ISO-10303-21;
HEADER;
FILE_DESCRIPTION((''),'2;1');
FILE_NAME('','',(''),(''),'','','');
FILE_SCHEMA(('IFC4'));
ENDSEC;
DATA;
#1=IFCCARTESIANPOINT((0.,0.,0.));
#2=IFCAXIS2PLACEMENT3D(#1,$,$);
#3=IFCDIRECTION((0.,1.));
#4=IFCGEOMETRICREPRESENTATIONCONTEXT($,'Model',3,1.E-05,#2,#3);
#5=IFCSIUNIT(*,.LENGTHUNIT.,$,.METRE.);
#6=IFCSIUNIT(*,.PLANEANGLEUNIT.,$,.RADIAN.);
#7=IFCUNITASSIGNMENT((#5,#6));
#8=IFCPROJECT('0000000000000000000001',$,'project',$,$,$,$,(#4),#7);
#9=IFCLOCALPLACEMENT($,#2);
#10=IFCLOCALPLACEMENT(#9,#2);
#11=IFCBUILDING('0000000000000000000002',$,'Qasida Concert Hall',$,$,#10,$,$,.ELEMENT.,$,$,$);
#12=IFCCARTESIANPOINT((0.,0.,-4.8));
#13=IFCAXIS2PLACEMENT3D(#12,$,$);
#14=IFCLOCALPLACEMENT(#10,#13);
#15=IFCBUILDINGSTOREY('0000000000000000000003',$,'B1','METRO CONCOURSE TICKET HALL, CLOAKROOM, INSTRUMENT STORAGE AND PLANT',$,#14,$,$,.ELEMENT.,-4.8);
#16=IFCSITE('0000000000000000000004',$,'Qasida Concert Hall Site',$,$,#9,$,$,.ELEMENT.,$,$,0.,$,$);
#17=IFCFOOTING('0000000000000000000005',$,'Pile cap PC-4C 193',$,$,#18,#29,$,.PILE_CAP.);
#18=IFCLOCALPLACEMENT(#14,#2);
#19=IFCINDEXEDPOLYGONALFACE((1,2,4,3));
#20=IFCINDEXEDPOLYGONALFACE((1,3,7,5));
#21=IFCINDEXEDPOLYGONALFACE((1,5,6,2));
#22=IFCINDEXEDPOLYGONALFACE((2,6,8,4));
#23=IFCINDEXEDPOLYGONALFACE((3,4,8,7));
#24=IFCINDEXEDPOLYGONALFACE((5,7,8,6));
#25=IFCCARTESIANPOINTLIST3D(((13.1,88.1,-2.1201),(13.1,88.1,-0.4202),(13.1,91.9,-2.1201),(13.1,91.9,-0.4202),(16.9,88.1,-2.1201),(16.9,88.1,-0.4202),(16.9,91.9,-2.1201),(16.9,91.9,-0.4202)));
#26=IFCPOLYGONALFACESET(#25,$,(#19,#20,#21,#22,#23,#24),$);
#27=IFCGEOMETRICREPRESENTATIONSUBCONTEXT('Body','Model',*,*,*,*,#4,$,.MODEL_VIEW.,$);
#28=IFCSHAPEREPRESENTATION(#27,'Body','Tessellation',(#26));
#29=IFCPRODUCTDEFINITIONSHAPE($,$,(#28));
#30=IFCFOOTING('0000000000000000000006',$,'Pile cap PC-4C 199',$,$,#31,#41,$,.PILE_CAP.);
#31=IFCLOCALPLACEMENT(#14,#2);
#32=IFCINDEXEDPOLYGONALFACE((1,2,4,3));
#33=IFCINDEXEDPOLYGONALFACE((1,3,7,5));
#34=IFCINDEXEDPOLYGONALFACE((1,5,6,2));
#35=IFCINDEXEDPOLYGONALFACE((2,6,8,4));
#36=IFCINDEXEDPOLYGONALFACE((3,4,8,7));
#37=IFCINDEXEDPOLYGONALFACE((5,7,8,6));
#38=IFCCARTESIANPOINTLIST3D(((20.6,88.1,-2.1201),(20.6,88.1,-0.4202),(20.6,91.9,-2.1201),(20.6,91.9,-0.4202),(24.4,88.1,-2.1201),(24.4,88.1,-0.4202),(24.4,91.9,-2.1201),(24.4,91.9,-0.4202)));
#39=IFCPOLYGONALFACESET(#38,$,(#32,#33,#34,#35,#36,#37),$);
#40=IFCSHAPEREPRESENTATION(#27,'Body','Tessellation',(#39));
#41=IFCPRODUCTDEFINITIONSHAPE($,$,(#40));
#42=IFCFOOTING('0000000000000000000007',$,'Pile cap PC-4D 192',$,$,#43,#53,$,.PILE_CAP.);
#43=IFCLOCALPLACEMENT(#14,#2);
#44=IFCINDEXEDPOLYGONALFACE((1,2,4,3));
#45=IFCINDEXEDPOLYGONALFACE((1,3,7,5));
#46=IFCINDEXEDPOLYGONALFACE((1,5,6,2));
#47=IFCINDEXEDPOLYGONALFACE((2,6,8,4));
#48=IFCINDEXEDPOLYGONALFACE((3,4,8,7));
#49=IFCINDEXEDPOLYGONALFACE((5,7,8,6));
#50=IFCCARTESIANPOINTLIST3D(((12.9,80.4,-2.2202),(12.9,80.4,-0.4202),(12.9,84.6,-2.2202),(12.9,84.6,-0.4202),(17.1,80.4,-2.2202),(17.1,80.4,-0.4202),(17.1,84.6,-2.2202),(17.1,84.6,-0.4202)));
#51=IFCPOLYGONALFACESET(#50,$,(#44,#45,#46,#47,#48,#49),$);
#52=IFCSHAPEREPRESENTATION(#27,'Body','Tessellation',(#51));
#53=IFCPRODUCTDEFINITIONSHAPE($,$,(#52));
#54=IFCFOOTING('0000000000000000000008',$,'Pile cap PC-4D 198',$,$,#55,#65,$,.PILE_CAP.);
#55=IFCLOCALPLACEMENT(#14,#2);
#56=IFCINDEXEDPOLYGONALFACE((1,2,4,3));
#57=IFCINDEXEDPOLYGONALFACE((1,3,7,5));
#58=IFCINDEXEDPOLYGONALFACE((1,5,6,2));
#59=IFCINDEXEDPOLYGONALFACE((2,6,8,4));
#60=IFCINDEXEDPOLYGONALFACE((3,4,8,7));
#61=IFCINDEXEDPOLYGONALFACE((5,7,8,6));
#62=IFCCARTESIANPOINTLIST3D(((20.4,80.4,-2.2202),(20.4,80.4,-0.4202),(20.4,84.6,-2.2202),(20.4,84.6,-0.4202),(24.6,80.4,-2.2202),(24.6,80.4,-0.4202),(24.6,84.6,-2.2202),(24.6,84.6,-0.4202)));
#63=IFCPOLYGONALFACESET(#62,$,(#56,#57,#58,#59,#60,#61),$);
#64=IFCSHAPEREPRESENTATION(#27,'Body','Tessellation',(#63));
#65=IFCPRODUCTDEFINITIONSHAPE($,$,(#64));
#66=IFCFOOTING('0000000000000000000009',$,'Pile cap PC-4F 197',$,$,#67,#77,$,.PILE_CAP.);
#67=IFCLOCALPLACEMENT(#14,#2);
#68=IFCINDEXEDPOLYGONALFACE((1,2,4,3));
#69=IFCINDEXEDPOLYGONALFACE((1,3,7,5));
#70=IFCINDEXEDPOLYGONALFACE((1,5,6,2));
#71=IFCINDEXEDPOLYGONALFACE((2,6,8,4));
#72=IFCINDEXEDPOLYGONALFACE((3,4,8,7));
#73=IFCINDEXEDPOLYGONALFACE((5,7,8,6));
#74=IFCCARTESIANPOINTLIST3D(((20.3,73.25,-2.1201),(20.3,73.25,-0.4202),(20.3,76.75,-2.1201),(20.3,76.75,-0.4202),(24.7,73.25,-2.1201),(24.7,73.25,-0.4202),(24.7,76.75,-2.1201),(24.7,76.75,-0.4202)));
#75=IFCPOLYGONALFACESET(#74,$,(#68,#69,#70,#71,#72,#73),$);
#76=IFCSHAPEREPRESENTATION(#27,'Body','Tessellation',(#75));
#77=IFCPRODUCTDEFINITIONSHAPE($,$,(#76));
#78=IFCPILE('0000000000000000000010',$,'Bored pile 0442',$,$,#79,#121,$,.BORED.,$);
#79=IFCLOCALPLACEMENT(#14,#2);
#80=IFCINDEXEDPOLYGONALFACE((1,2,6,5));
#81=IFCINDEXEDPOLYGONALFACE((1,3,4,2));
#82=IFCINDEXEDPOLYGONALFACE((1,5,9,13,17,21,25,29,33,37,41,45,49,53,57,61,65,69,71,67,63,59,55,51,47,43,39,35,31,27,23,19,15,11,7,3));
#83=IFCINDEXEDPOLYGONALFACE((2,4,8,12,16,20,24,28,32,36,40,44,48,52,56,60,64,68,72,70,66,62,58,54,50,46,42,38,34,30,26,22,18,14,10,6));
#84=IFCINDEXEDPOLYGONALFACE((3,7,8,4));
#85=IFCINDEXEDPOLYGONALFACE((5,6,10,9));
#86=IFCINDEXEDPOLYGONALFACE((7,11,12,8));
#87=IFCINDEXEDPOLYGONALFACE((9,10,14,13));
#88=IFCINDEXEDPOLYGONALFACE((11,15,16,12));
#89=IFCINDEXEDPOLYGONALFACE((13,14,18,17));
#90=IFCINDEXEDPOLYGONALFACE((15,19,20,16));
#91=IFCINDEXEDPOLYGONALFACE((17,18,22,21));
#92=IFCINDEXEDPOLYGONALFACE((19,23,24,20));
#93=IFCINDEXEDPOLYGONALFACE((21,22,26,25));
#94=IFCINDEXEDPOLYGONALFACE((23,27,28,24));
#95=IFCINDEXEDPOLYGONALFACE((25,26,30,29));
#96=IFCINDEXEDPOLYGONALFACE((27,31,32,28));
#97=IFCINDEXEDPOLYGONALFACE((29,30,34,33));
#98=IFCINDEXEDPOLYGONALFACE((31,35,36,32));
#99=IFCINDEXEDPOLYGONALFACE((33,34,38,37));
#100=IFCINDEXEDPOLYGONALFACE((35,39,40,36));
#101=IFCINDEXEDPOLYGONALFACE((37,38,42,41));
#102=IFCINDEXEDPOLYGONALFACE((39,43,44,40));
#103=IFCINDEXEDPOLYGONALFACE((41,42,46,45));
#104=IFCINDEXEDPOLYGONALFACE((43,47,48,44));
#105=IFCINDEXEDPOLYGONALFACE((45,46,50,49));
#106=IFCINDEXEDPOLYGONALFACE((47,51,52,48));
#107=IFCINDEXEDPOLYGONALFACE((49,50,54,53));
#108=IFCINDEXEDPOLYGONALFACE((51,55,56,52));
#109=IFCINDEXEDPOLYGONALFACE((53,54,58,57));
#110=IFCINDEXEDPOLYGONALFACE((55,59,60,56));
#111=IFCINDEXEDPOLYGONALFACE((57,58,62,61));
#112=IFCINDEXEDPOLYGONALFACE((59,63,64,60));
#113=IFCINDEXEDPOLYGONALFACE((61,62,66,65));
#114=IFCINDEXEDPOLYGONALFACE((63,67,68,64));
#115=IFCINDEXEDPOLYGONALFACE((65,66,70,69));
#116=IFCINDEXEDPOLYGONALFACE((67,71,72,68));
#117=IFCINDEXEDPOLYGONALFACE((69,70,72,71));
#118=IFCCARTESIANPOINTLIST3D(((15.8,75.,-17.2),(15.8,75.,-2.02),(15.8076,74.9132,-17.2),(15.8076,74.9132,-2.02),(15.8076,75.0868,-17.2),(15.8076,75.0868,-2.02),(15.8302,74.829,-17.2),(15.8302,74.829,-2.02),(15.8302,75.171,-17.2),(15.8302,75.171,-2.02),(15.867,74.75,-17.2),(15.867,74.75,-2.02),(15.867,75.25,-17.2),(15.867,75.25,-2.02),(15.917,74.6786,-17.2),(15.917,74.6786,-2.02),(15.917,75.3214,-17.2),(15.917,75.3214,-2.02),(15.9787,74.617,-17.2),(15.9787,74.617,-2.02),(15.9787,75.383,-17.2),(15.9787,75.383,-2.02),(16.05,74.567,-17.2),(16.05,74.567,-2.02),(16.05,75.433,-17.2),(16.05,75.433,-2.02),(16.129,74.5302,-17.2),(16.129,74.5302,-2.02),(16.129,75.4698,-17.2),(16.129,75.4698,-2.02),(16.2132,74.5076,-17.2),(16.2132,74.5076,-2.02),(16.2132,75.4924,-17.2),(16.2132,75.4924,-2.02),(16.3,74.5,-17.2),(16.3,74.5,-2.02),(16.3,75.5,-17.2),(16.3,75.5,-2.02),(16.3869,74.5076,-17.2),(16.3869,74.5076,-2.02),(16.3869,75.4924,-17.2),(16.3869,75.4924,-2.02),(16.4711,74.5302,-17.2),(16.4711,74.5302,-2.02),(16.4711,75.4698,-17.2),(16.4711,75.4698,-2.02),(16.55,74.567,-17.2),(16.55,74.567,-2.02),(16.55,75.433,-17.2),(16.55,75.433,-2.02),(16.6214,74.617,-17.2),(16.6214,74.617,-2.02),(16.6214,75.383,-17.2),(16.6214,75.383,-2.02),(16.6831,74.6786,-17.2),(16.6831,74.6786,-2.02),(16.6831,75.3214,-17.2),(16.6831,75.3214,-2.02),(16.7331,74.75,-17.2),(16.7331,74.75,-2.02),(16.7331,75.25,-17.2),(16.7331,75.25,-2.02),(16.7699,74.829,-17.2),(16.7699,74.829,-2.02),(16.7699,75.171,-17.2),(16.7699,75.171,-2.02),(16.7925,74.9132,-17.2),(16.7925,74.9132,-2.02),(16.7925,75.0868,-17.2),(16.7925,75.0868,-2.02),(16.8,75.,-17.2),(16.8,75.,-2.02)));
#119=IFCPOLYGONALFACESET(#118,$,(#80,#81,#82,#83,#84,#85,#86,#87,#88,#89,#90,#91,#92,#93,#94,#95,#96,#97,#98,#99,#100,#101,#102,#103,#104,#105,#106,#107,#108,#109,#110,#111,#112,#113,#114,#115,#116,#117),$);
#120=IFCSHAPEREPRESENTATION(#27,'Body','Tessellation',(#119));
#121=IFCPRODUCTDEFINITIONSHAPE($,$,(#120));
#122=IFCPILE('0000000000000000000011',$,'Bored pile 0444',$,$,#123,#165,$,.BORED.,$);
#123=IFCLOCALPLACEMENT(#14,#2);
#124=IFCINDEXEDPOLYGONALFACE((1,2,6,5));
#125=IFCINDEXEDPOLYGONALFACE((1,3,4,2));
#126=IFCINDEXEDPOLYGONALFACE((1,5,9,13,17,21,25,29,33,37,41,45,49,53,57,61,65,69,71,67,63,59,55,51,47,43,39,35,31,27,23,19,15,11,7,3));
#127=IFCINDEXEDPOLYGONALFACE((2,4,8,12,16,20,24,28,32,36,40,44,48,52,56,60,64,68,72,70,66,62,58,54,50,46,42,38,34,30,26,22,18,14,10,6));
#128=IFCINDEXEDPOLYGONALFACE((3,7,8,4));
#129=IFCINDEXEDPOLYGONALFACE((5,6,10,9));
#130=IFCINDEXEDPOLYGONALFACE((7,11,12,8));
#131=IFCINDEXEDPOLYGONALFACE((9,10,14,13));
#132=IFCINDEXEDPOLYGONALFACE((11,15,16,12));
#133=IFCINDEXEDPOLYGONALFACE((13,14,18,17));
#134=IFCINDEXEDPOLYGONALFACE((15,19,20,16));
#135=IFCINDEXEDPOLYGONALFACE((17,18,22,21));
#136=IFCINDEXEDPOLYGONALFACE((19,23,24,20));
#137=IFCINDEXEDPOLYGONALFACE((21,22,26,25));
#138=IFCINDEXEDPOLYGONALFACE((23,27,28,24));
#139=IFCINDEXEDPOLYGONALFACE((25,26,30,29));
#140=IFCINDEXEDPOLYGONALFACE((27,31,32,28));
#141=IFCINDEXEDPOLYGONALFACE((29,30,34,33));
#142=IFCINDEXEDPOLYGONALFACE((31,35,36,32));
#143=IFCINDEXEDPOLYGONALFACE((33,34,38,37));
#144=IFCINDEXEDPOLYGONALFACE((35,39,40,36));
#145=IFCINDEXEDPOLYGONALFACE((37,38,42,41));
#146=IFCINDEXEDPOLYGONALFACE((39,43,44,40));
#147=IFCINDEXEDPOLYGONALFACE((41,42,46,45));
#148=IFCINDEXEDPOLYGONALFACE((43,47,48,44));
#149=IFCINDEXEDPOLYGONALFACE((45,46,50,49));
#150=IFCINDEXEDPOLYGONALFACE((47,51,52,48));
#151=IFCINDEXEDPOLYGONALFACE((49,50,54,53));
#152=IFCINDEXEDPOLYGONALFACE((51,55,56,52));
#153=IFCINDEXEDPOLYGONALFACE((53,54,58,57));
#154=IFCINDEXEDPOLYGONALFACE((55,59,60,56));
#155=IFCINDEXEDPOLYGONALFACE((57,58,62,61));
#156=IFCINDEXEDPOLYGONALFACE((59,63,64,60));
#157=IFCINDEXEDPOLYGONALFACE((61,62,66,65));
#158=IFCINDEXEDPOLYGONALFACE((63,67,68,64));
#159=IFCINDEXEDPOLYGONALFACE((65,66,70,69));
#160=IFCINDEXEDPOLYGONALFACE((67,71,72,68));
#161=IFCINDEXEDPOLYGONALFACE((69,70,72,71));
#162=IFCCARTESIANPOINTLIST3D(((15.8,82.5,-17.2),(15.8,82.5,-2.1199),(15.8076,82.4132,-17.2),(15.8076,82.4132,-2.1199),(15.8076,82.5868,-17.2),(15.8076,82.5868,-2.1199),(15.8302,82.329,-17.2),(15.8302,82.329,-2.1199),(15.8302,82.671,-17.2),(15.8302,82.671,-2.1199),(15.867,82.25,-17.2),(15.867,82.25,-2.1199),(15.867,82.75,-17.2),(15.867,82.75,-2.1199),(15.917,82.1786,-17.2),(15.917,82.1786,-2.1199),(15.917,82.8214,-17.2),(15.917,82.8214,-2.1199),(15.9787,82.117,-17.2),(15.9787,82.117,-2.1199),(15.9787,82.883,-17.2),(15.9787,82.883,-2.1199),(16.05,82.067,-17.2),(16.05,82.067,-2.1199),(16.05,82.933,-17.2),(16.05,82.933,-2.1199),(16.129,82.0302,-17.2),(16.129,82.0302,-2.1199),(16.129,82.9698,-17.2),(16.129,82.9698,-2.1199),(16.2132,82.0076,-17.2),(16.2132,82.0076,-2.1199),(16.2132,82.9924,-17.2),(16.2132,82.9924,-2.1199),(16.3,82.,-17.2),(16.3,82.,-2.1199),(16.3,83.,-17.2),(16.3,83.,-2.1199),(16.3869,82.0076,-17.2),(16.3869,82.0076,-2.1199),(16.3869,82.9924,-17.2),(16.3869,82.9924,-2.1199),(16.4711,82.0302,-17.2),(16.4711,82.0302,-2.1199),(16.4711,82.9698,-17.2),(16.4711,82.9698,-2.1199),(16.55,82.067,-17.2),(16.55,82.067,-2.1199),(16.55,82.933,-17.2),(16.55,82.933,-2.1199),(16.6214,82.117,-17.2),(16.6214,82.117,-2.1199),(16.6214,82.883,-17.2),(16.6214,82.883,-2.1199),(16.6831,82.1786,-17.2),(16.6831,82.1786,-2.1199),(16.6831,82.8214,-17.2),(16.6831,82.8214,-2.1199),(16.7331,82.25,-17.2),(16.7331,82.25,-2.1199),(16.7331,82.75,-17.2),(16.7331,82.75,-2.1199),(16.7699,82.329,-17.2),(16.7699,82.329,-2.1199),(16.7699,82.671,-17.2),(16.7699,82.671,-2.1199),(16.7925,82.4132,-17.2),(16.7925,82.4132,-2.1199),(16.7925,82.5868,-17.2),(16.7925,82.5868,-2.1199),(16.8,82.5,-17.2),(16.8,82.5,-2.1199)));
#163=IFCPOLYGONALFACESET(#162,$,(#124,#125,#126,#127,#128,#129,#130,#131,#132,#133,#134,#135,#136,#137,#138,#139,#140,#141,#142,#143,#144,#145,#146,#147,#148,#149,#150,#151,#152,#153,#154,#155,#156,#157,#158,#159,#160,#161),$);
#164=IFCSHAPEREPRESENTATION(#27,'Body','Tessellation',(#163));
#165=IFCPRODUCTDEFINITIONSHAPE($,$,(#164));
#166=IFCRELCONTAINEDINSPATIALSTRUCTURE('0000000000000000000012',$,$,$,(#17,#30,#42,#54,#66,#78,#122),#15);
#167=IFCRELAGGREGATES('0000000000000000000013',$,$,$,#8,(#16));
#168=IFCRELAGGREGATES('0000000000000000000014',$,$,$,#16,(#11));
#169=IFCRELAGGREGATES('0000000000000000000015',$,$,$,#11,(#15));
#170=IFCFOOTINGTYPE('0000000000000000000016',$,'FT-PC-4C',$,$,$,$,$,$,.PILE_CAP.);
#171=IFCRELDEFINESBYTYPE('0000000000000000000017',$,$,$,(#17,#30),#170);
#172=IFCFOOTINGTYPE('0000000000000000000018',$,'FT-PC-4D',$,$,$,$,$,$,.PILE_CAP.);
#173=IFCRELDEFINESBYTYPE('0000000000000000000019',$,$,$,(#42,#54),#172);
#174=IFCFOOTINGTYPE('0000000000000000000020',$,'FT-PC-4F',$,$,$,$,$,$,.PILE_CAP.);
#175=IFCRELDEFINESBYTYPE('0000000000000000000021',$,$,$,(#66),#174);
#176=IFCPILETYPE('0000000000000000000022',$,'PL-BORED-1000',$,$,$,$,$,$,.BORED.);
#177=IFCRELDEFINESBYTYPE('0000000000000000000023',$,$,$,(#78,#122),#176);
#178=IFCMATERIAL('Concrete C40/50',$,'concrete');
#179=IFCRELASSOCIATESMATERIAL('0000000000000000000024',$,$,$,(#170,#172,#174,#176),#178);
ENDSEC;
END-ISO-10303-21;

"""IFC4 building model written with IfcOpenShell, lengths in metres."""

from ifc_helpers import new_model, si_unit, direction, frame, origin, origin_2d, place, context, subcontext, project, spatial, rectangle, circle, extrude, material, material_profile, profile_set, type_object, element, save


model = new_model("IFC4")

# Units and contexts
model_context = context("Model", 3, precision=1e-05, world=origin(), true_north=direction((0.0, 1.0)))
body_context = subcontext(model_context, "Body", "Model", "MODEL_VIEW")
ifc_project = project(units=[si_unit("LENGTHUNIT", "METRE"), si_unit("PLANEANGLEUNIT", "RADIAN")], contexts=[model_context])

# Site, building, storey
site_placement = place(None, origin())
site = spatial("IfcSite", under=ifc_project, at=site_placement, Name="Qasida Concert Hall Site", CompositionType="ELEMENT", RefElevation=0.0)
building_placement = place(site_placement, origin())
building = spatial("IfcBuilding", under=site, at=building_placement, Name="Qasida Concert Hall", CompositionType="ELEMENT")
storey_placement = place(building_placement, frame((0.0, 0.0, -4.8)))
storey = spatial("IfcBuildingStorey", under=building, at=storey_placement, Name="B1", Description="METRO CONCOURSE TICKET HALL, CLOAKROOM, INSTRUMENT STORAGE AND PLANT", CompositionType="ELEMENT", Elevation=-4.8)

# Footings
ifc_material_1 = material(Name="Concrete C40/50", Category="concrete")
footing_type_1 = type_object("IfcFootingType", Name="FT-PC-4C", PredefinedType="PILE_CAP", material=ifc_material_1)
for number, where, z_axis, x_axis, name in (
    (1, (15.0, 90.0, -2.1201), (0.0, 0.0, 1.0), (1.0, 0.0, 0.0), "Pile cap PC-4C 193"),
    (2, (22.5, 90.0, -2.1201), (0.0, 0.0, 1.0), (1.0, 0.0, 0.0), "Pile cap PC-4C 199"),
):
    element("IfcFooting", number, at=place(storey_placement, frame(where, z_axis=z_axis, x_axis=x_axis)), inside=storey, type_object=footing_type_1, Name=name, PredefinedType="PILE_CAP", context=body_context, shape_type="SweptSolid", body=[
        extrude(rectangle(XDim=3.8, YDim=3.8, at=origin_2d()), origin(), (0.0, 0.0, 1.0), 1.7),
    ])
footing_type_2 = type_object("IfcFootingType", Name="FT-PC-4D", PredefinedType="PILE_CAP", material=ifc_material_1)
for number, where, z_axis, x_axis, name in (
    (3, (15.0, 82.5, -2.2202), (0.0, 0.0, 1.0), (1.0, 0.0, 0.0), "Pile cap PC-4D 192"),
    (4, (22.5, 82.5, -2.2202), (0.0, 0.0, 1.0), (1.0, 0.0, 0.0), "Pile cap PC-4D 198"),
):
    element("IfcFooting", number, at=place(storey_placement, frame(where, z_axis=z_axis, x_axis=x_axis)), inside=storey, type_object=footing_type_2, Name=name, PredefinedType="PILE_CAP", context=body_context, shape_type="SweptSolid", body=[
        extrude(rectangle(XDim=4.2, YDim=4.2, at=origin_2d()), origin(), (0.0, 0.0, 1.0), 1.8),
    ])
footing_type_3 = type_object("IfcFootingType", Name="FT-PC-4F", PredefinedType="PILE_CAP", material=ifc_material_1)
footing_placement = place(storey_placement, frame((22.5, 75.0, -2.1201), z_axis=(0.0, 0.0, 1.0), x_axis=(1.0, 0.0, 0.0)))
element("IfcFooting", 5, at=footing_placement, inside=storey, type_object=footing_type_3, Name="Pile cap PC-4F 197", PredefinedType="PILE_CAP", context=body_context, shape_type="SweptSolid", body=[
    extrude(rectangle(XDim=4.3999, YDim=3.5, at=origin_2d()), origin(), (0.0, 0.0, 1.0), 1.7),
])

# Piles
ifc_material_profile_1 = material_profile(ifc_material_1, circle(Radius=0.5, at=origin_2d()), Name="BORED PILE D1000")
ifc_profile_set_1 = profile_set([ifc_material_profile_1], Name="Concrete C40/50")
pile_type = type_object("IfcPileType", Name="PL-BORED-1000", PredefinedType="BORED", material=ifc_profile_set_1)
pile_1_placement = place(storey_placement, frame((16.3, 75.0, -2.02), z_axis=(0.0, 0.0, -1.0), x_axis=(1.0, 0.0, 0.0)))
element("IfcPile", 6, at=pile_1_placement, inside=storey, type_object=pile_type, Name="Bored pile 0442", PredefinedType="BORED", context=body_context, shape_type="SweptSolid", body=[
    extrude(circle(Radius=0.5, at=origin_2d()), origin(), (0.0, 0.0, 1.0), 15.1799),
])
pile_2_placement = place(storey_placement, frame((16.3, 82.5, -2.1199), z_axis=(0.0, 0.0, -1.0), x_axis=(1.0, 0.0, 0.0)))
element("IfcPile", 7, at=pile_2_placement, inside=storey, type_object=pile_type, Name="Bored pile 0444", PredefinedType="BORED", context=body_context, shape_type="SweptSolid", body=[
    extrude(circle(Radius=0.5, at=origin_2d()), origin(), (0.0, 0.0, 1.0), 15.0801),
])

save(model, "model.ifc")
